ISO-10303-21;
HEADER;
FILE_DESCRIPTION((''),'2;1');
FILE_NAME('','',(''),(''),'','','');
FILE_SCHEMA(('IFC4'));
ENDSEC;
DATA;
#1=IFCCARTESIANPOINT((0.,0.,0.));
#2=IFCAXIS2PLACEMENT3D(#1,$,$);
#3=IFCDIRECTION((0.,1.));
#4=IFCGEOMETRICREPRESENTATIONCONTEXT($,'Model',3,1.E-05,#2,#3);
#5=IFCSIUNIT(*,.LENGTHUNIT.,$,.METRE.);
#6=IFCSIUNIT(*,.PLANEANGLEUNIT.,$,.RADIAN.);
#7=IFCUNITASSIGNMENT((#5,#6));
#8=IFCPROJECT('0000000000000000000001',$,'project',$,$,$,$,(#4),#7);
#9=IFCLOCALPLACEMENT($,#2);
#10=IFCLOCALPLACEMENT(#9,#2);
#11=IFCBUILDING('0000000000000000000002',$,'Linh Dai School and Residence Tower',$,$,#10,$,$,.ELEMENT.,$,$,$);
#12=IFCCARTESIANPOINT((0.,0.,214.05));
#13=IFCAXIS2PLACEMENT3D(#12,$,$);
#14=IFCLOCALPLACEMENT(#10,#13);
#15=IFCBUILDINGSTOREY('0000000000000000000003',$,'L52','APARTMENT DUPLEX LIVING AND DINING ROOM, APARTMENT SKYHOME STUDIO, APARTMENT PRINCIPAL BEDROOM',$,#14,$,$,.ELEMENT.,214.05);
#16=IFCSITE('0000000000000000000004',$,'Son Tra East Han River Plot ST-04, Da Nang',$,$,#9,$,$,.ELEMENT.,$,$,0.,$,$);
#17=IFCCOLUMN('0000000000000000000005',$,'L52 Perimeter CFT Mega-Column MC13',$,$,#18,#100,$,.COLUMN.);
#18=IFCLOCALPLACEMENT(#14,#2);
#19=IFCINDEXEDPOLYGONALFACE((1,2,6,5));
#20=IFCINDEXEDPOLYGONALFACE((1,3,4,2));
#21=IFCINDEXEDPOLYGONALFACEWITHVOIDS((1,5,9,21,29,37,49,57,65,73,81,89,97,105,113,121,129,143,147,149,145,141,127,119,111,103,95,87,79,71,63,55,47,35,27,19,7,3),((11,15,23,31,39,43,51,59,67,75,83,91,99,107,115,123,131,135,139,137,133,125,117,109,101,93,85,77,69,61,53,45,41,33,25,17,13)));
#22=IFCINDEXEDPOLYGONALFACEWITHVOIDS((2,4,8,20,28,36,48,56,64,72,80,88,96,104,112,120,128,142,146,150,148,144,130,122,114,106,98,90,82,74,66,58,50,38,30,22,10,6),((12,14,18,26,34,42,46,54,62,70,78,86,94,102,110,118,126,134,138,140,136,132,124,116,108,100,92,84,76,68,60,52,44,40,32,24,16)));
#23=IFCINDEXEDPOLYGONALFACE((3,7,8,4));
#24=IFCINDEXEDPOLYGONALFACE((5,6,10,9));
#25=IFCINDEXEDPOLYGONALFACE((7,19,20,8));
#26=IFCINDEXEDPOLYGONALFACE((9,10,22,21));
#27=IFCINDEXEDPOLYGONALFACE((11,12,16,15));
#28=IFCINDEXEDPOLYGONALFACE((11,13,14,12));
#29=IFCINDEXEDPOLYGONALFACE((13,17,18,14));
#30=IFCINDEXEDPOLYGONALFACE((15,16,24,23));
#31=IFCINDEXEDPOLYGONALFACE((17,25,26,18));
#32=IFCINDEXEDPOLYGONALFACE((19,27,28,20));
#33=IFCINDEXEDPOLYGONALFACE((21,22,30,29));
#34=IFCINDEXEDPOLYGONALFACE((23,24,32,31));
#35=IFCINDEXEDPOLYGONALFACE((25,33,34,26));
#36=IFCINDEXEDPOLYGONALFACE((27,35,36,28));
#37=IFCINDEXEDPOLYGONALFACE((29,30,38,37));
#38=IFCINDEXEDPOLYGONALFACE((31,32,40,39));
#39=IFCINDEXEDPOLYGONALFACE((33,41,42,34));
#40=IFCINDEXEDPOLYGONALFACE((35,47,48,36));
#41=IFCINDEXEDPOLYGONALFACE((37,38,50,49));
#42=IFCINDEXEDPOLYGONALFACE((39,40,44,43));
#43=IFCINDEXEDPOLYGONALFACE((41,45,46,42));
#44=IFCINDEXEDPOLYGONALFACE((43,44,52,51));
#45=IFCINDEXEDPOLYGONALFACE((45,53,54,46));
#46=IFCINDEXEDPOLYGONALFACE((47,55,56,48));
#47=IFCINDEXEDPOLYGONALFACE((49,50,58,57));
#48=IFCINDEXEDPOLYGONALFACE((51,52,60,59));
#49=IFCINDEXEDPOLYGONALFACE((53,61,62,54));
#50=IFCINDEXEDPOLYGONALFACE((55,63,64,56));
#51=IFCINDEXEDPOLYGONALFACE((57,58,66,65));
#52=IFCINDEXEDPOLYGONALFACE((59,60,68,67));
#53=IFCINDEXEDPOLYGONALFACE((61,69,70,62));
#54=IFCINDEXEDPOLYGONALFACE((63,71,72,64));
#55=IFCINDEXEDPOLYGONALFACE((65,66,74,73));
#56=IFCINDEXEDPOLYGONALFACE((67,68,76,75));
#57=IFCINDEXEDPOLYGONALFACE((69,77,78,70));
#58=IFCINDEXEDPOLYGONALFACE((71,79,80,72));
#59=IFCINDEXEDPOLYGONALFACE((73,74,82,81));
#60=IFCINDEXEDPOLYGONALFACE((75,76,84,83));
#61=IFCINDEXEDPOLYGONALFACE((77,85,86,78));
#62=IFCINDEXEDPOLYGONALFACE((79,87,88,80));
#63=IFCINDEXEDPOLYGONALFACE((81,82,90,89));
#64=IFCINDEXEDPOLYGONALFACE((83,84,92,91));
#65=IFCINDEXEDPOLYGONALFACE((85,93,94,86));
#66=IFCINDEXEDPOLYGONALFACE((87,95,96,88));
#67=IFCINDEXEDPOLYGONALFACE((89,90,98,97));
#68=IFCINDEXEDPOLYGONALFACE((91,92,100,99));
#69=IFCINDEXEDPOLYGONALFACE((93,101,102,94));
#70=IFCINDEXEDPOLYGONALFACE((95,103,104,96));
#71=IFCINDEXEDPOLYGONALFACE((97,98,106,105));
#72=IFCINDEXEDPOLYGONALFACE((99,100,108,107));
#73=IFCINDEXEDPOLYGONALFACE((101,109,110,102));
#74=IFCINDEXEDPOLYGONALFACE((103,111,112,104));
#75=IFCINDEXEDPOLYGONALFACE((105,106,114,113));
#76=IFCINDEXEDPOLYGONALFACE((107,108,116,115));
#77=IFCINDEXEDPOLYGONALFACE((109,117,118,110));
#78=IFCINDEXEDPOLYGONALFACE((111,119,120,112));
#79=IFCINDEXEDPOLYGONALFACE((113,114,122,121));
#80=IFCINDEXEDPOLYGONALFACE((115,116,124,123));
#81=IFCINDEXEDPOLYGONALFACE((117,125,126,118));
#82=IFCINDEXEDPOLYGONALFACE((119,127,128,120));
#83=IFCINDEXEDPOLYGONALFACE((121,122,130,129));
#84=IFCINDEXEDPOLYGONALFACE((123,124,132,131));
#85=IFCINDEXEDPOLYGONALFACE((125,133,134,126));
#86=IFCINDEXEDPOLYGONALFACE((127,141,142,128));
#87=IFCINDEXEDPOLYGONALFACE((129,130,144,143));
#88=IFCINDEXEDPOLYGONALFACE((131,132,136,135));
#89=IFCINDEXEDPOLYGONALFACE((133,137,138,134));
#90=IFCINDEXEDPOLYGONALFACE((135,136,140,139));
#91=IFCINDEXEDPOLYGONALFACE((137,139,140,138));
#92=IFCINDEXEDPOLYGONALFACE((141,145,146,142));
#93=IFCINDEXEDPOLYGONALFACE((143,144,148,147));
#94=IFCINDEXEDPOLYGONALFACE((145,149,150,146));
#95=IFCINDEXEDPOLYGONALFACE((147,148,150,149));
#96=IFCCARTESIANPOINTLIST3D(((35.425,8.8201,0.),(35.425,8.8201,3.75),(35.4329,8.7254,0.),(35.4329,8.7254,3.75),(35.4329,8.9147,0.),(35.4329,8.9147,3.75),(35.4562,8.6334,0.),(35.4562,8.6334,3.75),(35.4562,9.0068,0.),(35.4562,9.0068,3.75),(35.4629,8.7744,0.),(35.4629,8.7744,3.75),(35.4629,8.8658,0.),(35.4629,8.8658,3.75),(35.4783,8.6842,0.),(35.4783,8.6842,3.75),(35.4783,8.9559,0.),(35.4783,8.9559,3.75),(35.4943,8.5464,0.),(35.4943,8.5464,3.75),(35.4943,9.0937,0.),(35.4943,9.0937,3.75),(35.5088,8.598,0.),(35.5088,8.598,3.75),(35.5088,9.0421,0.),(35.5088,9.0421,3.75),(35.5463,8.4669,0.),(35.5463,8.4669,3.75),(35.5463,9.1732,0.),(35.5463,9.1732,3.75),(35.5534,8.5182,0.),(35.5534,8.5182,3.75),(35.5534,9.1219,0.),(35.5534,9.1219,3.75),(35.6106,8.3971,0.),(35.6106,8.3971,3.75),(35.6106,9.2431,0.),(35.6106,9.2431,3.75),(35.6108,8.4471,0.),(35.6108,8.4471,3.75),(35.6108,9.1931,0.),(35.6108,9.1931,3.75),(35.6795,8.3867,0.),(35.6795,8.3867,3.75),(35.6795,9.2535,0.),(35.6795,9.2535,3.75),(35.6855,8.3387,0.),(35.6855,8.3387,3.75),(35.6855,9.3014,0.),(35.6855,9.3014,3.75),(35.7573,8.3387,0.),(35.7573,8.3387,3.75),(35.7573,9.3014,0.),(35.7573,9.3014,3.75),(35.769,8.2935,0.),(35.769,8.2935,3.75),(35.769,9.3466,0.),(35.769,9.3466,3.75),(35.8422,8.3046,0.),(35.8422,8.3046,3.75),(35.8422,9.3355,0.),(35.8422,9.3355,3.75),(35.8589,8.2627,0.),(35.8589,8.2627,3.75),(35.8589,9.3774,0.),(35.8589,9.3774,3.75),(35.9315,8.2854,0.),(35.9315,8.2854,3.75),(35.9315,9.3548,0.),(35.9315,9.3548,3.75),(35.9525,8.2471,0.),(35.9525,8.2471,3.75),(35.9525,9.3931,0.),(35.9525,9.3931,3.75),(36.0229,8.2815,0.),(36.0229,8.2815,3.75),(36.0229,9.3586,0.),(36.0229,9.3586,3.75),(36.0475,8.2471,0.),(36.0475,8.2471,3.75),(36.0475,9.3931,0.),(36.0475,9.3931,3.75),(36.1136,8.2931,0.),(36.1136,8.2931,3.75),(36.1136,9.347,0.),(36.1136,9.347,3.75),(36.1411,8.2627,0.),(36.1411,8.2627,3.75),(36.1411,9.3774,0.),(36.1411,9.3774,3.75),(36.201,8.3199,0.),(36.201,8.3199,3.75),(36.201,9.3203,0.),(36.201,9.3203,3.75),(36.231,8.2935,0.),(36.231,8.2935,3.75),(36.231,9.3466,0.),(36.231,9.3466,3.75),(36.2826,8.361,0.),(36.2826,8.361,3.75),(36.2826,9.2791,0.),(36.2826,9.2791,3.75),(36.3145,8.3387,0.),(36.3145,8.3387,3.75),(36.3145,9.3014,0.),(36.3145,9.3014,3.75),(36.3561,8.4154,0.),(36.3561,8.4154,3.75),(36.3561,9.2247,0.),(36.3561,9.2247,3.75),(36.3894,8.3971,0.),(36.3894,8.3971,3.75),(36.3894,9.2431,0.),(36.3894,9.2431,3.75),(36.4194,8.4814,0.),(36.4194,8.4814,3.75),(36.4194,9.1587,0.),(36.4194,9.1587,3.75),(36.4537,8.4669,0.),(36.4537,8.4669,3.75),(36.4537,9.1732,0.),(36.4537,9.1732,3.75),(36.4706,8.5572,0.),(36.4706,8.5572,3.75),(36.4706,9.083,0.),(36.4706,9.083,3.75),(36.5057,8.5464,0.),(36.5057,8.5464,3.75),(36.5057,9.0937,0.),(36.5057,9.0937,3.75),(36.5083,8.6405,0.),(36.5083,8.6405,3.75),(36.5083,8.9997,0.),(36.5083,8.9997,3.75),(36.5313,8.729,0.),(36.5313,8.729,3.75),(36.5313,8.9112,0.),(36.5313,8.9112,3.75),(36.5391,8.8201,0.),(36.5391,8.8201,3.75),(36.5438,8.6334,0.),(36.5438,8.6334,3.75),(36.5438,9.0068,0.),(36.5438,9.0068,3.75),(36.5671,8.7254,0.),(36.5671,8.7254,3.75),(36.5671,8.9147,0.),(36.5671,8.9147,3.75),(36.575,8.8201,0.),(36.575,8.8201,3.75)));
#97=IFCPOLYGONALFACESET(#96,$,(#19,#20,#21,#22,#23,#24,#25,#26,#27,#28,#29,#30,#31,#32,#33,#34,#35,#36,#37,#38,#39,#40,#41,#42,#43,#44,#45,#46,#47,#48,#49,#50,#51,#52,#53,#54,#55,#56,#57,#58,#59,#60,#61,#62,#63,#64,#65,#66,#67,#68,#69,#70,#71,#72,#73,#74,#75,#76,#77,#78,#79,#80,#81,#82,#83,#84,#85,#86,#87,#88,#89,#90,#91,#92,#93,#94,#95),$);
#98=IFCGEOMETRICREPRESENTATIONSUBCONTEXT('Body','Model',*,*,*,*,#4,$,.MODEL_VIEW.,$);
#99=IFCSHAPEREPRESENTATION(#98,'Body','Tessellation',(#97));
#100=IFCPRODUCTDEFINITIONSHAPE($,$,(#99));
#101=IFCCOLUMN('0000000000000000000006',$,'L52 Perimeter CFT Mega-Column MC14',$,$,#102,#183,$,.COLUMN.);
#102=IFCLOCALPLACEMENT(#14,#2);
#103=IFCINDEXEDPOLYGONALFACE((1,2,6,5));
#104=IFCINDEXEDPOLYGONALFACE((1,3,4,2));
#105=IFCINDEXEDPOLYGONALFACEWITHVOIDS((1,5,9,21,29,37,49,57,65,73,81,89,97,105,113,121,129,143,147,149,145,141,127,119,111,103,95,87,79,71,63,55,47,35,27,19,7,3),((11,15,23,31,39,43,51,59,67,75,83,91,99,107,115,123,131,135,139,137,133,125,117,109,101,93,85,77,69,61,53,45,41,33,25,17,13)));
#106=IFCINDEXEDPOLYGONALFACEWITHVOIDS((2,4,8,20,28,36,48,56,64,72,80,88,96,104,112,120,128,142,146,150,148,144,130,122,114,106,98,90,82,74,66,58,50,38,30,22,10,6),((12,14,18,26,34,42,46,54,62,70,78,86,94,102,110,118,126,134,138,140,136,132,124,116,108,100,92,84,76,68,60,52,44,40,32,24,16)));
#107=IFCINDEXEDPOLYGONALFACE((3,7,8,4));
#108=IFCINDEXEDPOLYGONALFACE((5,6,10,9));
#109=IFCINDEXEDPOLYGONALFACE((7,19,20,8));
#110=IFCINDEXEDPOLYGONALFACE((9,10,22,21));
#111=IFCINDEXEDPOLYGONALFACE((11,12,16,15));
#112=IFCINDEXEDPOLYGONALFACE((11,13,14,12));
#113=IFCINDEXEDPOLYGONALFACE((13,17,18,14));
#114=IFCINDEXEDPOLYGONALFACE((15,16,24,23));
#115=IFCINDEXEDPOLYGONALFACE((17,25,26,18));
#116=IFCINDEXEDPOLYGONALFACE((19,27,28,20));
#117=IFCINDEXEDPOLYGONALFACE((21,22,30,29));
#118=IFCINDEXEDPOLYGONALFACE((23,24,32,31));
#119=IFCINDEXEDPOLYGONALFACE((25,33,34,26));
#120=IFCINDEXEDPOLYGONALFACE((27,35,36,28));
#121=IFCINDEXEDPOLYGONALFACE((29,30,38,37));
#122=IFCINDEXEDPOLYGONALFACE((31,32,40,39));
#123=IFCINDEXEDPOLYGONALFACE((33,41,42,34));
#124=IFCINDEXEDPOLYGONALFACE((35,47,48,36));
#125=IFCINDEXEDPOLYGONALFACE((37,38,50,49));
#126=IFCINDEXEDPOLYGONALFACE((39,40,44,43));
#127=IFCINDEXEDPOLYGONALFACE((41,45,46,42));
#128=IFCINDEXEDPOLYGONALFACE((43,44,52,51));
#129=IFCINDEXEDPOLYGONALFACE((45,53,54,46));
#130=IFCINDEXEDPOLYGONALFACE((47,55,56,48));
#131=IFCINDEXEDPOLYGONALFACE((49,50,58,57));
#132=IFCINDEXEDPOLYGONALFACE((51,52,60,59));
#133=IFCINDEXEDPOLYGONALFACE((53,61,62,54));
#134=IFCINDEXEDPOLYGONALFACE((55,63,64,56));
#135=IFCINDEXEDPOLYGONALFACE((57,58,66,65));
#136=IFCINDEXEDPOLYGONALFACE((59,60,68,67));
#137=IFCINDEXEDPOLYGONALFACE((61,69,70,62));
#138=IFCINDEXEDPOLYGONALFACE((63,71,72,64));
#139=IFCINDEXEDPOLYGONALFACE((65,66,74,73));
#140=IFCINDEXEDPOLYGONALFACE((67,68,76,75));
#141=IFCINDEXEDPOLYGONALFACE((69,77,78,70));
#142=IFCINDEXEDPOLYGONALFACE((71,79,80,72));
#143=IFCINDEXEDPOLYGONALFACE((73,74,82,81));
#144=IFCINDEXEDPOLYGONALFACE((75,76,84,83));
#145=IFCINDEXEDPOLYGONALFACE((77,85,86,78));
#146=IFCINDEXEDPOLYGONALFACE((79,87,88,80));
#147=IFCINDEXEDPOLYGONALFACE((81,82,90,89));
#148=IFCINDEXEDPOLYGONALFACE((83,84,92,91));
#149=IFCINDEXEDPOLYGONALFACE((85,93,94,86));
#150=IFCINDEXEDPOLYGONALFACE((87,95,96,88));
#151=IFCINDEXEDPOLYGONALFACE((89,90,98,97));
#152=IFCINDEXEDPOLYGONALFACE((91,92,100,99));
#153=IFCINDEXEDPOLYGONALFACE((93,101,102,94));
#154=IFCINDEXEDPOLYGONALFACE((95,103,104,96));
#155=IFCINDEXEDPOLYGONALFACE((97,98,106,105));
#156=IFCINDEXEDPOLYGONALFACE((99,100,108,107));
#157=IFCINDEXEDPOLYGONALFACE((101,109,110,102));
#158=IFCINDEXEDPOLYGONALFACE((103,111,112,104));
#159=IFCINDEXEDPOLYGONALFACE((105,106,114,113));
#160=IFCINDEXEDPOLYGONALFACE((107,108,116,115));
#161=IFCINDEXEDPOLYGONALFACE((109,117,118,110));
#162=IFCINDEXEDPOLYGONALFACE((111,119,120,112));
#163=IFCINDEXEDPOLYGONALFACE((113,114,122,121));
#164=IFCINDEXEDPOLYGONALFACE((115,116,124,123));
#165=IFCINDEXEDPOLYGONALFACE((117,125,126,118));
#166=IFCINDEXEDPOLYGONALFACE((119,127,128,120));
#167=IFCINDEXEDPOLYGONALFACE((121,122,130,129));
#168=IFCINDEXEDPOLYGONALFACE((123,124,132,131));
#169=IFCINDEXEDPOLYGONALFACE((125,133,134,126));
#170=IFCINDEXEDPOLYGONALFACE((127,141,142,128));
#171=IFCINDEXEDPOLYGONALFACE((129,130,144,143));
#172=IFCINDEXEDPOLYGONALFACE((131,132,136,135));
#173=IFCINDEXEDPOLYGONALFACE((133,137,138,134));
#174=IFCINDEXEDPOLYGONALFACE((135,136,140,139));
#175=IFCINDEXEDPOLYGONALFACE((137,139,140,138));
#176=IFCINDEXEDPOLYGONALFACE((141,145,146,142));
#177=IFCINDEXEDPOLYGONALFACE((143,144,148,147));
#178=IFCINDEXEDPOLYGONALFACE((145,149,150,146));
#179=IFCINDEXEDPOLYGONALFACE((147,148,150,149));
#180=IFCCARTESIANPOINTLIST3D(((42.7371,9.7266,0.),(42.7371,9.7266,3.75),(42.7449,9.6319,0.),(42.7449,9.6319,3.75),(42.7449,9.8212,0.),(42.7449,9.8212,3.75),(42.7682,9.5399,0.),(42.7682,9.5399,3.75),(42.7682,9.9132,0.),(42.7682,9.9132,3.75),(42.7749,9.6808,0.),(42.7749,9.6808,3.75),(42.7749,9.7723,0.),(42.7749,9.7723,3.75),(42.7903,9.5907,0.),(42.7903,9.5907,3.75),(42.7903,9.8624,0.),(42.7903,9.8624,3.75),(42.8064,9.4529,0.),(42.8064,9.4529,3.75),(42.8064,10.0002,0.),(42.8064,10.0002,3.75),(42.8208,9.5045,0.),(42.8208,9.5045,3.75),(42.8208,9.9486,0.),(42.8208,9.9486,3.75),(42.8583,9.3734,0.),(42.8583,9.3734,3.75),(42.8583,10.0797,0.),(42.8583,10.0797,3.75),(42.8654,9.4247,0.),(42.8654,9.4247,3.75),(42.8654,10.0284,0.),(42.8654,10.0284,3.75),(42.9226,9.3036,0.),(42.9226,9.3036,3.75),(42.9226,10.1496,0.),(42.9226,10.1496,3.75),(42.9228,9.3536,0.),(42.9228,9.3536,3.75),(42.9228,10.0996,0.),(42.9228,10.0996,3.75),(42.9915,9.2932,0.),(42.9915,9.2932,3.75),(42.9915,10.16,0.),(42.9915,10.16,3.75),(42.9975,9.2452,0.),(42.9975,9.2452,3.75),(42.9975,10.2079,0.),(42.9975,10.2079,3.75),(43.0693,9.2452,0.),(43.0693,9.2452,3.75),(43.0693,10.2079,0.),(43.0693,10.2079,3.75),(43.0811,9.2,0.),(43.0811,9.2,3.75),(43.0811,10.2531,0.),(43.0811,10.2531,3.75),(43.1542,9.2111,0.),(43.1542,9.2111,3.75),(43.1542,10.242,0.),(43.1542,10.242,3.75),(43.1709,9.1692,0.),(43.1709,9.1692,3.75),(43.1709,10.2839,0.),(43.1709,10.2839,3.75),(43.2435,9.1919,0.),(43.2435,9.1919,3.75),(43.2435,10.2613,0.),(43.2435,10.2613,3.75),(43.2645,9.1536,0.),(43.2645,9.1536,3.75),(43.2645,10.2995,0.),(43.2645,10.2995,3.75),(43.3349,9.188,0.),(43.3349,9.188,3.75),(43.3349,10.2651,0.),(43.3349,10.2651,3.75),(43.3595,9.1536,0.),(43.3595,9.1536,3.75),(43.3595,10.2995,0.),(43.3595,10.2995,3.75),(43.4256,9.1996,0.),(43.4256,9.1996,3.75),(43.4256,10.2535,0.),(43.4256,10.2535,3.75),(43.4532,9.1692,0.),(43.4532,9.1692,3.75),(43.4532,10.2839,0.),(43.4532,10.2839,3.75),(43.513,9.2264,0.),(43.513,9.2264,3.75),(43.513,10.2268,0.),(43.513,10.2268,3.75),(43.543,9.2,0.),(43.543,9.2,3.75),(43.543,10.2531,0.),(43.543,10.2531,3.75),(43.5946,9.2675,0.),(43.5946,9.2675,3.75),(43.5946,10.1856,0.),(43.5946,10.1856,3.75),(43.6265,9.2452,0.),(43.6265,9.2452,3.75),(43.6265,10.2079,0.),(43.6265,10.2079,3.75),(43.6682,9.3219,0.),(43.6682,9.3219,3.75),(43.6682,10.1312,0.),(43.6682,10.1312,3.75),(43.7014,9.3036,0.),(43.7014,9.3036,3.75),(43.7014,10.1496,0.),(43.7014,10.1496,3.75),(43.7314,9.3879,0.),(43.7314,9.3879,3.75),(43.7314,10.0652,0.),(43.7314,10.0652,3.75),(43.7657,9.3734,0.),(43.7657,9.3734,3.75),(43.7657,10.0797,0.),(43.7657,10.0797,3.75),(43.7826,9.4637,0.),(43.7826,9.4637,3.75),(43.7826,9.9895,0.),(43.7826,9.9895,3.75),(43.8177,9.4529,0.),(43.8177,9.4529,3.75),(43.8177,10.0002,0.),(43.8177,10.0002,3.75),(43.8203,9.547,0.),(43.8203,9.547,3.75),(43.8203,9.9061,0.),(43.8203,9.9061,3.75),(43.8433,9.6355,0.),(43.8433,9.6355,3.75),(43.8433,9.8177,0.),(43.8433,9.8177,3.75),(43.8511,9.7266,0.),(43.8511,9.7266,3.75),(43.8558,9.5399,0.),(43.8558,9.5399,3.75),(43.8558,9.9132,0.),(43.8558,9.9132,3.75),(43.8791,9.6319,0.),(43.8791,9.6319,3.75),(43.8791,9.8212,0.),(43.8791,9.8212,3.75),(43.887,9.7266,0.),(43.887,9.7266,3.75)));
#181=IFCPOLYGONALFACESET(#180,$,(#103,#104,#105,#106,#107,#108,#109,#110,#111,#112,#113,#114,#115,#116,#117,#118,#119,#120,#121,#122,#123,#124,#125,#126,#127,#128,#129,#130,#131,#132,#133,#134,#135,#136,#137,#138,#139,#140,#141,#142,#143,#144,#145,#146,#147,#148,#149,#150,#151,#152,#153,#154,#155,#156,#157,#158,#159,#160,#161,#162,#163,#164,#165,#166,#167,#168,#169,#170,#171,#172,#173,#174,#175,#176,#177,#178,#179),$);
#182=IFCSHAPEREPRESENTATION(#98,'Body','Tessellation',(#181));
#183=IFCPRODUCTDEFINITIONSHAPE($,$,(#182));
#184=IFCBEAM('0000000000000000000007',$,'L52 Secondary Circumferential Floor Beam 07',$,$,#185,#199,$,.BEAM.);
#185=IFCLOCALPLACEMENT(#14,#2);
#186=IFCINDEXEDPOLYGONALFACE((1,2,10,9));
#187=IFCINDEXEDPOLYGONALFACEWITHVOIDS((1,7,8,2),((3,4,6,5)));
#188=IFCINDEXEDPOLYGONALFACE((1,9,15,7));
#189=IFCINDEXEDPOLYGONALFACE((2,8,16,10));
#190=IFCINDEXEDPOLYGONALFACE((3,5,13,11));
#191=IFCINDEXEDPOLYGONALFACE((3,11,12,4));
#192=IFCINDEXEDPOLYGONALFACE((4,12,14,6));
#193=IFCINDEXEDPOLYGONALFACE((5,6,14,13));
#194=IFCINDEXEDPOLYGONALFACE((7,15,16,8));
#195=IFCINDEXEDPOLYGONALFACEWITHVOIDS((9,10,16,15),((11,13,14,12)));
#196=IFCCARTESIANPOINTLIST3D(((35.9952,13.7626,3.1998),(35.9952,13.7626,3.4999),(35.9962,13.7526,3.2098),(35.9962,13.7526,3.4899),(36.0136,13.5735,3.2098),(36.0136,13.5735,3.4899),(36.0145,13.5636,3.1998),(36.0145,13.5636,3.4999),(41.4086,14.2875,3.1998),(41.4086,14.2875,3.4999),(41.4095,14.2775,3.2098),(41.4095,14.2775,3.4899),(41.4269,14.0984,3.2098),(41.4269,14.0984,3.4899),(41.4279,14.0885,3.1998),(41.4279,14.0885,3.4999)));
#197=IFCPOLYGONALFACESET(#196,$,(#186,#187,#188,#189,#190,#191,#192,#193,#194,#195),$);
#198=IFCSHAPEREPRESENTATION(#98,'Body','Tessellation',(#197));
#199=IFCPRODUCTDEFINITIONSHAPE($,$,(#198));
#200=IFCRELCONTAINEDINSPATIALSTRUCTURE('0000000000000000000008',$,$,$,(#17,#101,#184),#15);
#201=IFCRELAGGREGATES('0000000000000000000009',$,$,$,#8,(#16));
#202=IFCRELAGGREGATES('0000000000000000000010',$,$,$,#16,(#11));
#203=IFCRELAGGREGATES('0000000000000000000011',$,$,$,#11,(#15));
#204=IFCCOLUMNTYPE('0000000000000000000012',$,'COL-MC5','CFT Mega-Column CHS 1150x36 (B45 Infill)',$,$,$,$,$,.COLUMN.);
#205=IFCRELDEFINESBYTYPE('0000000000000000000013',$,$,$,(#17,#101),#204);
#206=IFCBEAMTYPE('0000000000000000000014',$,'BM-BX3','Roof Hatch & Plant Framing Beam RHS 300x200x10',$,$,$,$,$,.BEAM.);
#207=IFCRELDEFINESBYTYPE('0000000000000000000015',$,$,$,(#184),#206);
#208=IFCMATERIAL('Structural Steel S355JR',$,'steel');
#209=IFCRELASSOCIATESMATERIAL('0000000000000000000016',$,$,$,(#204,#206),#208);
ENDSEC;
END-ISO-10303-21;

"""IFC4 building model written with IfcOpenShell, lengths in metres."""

from ifc_helpers import new_model, si_unit, direction, frame, origin, origin_2d, place, context, subcontext, project, spatial, hollow_rectangle, hollow_circle, extrude, material, material_profile, profile_set, type_object, element, save


model = new_model("IFC4")

# Units and contexts
model_context = context("Model", 3, precision=1e-05, world=origin(), true_north=direction((0.0, 1.0)))
body_context = subcontext(model_context, "Body", "Model", "MODEL_VIEW")
ifc_project = project(units=[si_unit("LENGTHUNIT", "METRE"), si_unit("PLANEANGLEUNIT", "RADIAN")], contexts=[model_context])

# Site, building, storey
site_placement = place(None, origin())
site = spatial("IfcSite", under=ifc_project, at=site_placement, Name="Son Tra East Han River Plot ST-04, Da Nang", CompositionType="ELEMENT", RefElevation=0.0)
building_placement = place(site_placement, origin())
building = spatial("IfcBuilding", under=site, at=building_placement, Name="Linh Dai School and Residence Tower", CompositionType="ELEMENT")
storey_placement = place(building_placement, frame((0.0, 0.0, 214.05)))
storey = spatial("IfcBuildingStorey", under=building, at=storey_placement, Name="L52", Description="APARTMENT DUPLEX LIVING AND DINING ROOM, APARTMENT SKYHOME STUDIO, APARTMENT PRINCIPAL BEDROOM", CompositionType="ELEMENT", Elevation=214.05)

# Columns
ifc_material_1 = material(Name="Structural Steel S355JR", Category="steel")
ifc_material_profile_1 = material_profile(ifc_material_1, hollow_circle(Radius=0.575, WallThickness=0.0359, at=origin_2d()), Name="CHS 1150x36")
ifc_profile_set_1 = profile_set([ifc_material_profile_1], Name="Structural Steel S355JR")
column_type = type_object("IfcColumnType", Name="COL-MC5", Description="CFT Mega-Column CHS 1150x36 (B45 Infill)", PredefinedType="COLUMN", material=ifc_profile_set_1)
for number, where, z_axis, x_axis, name in (
    (1, (36.0, 8.8201, 0.0), (0.0, 0.0, 1.0), (1.0, 0.0, 0.0), "L52 Perimeter CFT Mega-Column MC13"),
    (2, (43.312, 9.7266, 0.0), (0.0, 0.0, 1.0), (1.0, 0.0, 0.0), "L52 Perimeter CFT Mega-Column MC14"),
):
    element("IfcColumn", number, at=place(storey_placement, frame(where, z_axis=z_axis, x_axis=x_axis)), inside=storey, type_object=column_type, Name=name, PredefinedType="COLUMN", context=body_context, shape_type="SweptSolid", body=[
        extrude(hollow_circle(Radius=0.575, WallThickness=0.0359, at=origin_2d()), origin(), (0.0, 0.0, 1.0), 3.75),
    ])

# Beam
ifc_material_profile_2 = material_profile(ifc_material_1, hollow_rectangle(XDim=0.2, YDim=0.3, WallThickness=0.01, at=origin_2d()), Name="RHS 300x200x10")
ifc_profile_set_2 = profile_set([ifc_material_profile_2], Name="Structural Steel S355JR")
beam_type_1 = type_object("IfcBeamType", Name="BM-BX3", Description="Roof Hatch & Plant Framing Beam RHS 300x200x10", PredefinedType="BEAM", material=ifc_profile_set_2)
beam_1_placement = place(storey_placement, frame((36.0049, 13.6631, 3.3499), z_axis=(0.995332, 0.096512, 0.0), x_axis=(-0.096512, 0.995332, 0.0)))
element("IfcBeam", 3, at=beam_1_placement, inside=storey, type_object=beam_type_1, Name="L52 Secondary Circumferential Floor Beam 07", PredefinedType="BEAM", context=body_context, shape_type="SweptSolid", body=[
    extrude(hollow_rectangle(XDim=0.2, YDim=0.3, WallThickness=0.01, at=origin_2d()), origin(), (0.0, 0.0, 1.0), 5.4387),
])

save(model, "model.ifc")
